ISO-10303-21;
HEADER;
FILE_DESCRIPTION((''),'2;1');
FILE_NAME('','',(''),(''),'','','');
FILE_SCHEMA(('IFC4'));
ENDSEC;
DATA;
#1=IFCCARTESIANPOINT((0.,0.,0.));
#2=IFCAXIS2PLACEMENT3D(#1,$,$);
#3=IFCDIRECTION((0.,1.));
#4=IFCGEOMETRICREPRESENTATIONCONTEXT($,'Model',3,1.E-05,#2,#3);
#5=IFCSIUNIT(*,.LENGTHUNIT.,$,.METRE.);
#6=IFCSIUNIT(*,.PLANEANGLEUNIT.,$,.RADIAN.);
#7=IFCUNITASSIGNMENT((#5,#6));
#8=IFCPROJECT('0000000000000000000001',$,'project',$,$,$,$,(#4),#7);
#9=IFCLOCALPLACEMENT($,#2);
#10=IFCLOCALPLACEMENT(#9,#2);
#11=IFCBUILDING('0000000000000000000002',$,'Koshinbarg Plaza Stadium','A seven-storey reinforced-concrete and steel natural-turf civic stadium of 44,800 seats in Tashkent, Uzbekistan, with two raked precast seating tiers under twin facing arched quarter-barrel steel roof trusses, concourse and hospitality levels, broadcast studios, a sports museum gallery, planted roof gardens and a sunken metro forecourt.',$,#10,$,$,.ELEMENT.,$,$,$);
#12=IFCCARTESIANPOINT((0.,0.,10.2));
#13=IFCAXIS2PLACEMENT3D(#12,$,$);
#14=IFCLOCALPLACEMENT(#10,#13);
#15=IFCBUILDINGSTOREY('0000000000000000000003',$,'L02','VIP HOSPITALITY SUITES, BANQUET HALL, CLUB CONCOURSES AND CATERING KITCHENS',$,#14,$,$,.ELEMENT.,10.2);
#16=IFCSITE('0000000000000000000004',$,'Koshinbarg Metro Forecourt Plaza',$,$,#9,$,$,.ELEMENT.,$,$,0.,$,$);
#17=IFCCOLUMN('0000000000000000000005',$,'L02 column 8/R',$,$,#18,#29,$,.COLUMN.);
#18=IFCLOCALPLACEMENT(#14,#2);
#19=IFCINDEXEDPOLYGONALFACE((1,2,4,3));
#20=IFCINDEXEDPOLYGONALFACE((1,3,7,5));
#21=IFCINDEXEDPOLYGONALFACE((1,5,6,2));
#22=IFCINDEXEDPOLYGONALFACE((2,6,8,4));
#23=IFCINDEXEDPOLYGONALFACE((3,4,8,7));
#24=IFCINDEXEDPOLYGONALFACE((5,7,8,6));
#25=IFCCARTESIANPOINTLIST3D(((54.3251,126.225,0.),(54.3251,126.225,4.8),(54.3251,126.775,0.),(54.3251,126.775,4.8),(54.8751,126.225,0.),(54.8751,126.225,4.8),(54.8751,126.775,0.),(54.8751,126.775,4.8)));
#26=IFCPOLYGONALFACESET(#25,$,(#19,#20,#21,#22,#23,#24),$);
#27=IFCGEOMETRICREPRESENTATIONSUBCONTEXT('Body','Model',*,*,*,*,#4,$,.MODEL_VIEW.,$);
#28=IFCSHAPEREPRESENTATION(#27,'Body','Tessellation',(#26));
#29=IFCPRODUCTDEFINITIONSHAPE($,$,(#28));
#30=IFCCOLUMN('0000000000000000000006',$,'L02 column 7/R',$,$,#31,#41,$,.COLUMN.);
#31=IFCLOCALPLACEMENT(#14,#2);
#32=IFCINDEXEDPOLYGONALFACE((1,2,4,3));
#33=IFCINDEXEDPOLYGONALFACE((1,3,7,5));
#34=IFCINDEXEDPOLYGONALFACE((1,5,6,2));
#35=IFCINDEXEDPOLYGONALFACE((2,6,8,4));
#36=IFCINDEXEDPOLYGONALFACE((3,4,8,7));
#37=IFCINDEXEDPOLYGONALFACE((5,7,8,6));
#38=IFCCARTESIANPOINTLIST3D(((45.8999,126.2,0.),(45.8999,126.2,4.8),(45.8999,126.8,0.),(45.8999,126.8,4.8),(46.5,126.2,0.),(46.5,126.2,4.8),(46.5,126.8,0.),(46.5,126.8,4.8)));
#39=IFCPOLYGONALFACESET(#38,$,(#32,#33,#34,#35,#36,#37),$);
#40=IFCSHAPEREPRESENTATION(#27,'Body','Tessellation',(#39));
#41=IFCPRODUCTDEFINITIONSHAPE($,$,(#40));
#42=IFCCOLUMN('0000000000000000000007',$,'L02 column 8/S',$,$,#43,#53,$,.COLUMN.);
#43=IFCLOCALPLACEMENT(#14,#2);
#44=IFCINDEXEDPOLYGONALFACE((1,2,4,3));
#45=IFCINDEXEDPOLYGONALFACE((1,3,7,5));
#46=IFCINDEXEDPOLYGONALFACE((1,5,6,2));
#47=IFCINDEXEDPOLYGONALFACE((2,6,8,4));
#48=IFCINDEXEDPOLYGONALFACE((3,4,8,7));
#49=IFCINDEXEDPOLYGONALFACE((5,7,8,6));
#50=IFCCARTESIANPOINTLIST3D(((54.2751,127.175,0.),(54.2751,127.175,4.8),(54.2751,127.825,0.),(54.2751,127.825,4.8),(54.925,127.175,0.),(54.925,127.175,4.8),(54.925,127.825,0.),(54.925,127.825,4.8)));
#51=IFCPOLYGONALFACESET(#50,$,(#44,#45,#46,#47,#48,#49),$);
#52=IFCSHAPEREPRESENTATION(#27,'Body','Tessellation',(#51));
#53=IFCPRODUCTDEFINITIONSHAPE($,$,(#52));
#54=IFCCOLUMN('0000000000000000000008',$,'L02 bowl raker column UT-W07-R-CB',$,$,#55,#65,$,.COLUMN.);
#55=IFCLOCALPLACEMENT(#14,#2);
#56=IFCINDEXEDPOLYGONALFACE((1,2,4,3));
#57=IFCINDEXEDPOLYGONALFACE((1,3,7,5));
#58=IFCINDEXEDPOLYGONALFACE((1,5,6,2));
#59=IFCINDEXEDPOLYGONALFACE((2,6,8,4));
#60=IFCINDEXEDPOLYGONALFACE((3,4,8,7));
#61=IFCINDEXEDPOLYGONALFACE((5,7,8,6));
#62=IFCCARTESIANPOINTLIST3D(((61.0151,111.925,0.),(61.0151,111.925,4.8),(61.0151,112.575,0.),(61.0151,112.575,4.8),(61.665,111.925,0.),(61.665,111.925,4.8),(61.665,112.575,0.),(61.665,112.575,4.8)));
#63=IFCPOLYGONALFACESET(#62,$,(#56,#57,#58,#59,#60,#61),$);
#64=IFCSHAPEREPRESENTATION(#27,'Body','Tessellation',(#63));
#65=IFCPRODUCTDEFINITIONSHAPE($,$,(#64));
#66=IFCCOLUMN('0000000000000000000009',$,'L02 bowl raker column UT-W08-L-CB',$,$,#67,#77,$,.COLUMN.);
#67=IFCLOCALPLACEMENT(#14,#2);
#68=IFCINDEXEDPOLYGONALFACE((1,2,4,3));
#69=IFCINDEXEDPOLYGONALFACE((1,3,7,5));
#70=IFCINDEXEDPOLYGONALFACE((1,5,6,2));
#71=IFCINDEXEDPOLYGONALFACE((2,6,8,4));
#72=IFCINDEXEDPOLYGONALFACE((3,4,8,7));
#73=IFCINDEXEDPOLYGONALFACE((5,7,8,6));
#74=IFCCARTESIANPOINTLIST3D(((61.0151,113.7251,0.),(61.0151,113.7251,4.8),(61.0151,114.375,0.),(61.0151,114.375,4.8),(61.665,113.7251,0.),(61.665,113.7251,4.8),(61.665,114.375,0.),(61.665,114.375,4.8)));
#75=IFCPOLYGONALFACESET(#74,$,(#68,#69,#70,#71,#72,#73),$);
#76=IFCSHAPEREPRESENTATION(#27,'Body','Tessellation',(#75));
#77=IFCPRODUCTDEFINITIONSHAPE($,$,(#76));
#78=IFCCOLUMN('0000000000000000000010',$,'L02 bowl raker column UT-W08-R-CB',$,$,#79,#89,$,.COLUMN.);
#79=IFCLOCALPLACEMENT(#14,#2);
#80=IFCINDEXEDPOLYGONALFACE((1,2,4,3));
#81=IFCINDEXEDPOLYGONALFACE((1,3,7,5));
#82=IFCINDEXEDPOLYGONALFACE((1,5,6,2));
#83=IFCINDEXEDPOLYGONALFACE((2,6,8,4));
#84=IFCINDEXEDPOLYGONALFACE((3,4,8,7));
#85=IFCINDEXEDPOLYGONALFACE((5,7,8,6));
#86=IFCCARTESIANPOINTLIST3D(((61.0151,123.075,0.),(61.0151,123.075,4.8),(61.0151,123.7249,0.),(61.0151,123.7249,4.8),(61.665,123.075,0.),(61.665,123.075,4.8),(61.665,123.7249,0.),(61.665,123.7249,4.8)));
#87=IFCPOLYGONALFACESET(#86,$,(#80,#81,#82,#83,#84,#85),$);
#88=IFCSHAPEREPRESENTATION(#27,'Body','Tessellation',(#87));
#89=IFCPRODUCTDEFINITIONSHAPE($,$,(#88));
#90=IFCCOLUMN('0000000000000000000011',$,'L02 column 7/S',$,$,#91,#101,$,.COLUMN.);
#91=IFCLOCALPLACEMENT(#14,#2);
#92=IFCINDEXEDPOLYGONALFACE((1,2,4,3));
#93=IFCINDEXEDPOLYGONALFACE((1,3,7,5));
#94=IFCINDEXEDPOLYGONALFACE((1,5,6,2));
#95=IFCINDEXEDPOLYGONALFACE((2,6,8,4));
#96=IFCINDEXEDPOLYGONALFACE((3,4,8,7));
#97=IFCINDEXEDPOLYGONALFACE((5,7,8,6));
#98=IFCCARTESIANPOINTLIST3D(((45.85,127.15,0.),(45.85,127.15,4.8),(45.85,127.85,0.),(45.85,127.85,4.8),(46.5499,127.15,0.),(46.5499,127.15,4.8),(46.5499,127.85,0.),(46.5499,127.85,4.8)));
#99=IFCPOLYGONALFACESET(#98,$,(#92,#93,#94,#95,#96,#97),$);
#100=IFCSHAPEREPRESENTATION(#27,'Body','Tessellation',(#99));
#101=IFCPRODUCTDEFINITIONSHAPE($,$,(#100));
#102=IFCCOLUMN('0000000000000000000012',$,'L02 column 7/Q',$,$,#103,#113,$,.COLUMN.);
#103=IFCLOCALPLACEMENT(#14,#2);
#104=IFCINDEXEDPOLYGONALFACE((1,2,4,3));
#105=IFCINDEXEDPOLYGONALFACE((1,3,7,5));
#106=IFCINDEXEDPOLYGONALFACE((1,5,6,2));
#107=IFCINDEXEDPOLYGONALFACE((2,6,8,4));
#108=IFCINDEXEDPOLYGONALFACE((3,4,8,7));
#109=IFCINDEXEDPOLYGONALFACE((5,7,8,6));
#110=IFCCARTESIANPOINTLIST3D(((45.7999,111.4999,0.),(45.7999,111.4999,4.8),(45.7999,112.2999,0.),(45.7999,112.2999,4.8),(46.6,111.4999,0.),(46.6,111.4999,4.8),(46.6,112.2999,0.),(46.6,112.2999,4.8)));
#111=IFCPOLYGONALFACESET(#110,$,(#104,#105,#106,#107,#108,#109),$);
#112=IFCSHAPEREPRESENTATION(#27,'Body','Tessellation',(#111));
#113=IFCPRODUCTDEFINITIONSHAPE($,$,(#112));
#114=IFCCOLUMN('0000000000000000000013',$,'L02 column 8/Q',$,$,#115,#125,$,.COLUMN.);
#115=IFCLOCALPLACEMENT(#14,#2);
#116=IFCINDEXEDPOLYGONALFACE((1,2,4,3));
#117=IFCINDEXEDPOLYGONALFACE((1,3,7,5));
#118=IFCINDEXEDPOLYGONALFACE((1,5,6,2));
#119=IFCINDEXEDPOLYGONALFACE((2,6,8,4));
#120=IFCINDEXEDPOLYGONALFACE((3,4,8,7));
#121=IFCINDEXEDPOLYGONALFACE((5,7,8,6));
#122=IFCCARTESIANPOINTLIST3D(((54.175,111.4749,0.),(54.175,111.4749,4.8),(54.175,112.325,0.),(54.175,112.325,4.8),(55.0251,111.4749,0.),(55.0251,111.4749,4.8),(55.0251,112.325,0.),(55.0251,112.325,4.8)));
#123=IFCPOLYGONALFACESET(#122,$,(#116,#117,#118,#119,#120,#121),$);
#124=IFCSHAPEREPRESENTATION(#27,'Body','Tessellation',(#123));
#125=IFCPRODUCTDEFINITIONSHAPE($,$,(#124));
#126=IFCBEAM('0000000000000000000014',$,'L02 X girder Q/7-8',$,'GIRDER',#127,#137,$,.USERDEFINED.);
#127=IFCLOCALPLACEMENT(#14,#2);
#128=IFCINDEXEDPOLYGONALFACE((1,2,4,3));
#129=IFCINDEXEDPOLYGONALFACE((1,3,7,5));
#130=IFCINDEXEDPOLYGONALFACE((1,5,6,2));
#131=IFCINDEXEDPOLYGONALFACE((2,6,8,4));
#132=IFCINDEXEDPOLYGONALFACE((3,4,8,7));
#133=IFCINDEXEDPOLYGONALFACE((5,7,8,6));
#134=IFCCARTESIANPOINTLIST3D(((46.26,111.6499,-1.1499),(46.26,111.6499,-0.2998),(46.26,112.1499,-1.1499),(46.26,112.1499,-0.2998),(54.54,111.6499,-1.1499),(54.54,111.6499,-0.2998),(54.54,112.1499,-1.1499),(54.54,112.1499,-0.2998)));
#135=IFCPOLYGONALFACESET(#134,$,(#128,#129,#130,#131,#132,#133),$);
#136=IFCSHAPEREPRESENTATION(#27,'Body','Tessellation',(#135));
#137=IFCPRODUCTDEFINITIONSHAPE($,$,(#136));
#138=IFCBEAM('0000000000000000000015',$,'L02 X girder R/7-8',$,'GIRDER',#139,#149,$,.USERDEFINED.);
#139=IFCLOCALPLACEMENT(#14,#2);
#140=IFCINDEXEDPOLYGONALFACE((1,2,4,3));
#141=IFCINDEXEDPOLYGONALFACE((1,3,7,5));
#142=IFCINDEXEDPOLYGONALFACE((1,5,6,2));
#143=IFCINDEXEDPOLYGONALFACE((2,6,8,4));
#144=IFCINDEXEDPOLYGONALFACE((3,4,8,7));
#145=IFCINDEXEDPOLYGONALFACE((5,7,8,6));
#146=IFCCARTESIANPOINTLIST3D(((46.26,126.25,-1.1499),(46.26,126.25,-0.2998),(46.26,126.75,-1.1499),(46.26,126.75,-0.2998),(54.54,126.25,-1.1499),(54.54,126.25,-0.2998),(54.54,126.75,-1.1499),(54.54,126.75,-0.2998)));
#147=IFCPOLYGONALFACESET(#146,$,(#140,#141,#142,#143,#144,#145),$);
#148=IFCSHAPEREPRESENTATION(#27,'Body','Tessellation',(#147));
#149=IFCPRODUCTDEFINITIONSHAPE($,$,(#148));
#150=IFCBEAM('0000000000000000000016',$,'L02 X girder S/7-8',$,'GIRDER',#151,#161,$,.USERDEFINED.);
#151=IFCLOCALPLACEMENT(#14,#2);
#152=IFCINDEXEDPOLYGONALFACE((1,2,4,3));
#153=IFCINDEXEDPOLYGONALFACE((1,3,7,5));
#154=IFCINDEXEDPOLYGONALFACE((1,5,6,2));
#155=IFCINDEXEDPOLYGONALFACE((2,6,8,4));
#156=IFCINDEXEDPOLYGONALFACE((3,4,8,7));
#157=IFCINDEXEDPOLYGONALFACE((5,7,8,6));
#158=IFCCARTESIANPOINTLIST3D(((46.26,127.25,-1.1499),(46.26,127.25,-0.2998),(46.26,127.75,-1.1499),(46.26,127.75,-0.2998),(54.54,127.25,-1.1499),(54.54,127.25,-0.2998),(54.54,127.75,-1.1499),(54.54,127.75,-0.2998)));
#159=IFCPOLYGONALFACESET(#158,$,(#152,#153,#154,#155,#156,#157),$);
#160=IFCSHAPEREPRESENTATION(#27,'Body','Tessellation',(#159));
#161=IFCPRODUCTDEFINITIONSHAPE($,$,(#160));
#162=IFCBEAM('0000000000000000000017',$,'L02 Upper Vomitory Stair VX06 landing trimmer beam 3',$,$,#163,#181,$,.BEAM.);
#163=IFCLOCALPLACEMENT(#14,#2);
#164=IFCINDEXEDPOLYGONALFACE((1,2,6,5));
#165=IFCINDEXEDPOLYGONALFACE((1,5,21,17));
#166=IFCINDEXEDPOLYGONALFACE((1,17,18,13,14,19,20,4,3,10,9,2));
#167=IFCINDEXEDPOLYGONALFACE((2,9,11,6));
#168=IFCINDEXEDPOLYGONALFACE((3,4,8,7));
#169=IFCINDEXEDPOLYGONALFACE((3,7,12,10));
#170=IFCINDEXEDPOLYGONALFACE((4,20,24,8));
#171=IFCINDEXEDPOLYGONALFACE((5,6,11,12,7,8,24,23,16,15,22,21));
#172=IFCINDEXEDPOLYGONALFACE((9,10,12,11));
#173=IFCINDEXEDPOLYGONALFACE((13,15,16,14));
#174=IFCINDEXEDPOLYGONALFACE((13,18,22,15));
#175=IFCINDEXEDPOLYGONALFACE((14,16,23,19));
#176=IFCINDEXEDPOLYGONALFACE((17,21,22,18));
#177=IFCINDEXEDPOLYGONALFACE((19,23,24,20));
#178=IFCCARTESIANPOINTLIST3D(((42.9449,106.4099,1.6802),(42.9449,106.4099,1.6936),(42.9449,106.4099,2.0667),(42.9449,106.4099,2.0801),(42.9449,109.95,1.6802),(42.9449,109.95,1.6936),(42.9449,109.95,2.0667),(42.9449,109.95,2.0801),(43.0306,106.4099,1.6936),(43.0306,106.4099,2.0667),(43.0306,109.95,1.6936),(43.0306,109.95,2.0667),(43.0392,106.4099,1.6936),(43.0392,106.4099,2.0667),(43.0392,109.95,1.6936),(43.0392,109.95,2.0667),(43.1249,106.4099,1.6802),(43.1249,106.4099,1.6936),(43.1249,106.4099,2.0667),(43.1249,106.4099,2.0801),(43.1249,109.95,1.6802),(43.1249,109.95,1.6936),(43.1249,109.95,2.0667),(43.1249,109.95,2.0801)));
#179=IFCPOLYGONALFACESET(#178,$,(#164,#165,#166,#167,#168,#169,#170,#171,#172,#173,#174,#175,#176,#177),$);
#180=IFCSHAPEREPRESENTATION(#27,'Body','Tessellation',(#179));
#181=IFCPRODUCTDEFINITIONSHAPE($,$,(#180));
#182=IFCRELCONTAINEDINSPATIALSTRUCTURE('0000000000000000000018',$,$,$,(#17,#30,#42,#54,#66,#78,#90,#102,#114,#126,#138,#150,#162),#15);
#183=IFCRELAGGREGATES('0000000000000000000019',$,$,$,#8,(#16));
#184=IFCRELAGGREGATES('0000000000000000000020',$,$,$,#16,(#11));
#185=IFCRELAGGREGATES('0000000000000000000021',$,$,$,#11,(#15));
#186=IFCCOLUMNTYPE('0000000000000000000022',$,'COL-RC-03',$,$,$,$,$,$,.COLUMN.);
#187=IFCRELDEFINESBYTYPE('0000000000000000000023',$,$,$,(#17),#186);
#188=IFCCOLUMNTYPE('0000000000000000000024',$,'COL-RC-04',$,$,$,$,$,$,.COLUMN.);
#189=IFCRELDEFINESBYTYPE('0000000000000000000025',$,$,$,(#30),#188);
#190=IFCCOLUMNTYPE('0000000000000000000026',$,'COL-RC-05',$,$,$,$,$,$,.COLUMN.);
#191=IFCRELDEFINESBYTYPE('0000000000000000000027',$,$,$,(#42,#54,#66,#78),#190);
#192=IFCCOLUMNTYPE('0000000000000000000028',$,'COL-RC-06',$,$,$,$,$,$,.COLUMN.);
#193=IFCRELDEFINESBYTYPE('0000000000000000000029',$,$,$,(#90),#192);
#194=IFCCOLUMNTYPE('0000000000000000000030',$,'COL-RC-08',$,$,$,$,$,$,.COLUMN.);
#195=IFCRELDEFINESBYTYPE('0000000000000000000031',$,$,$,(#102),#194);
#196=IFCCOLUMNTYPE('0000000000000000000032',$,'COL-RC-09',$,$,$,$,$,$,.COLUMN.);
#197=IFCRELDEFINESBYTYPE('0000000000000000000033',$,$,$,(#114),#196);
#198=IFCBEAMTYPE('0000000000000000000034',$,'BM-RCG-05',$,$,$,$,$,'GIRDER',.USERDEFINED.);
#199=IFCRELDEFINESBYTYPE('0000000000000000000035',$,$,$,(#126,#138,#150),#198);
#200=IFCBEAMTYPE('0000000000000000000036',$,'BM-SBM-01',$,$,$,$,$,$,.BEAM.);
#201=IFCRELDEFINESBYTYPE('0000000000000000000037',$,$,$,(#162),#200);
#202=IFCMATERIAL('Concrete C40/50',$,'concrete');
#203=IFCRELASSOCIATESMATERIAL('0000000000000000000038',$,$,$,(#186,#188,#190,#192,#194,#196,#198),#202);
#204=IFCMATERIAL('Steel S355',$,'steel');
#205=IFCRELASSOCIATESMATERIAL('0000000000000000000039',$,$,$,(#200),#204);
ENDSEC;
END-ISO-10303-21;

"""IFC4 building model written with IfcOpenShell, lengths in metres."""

from ifc_helpers import new_model, si_unit, direction, frame, origin, origin_2d, place, context, subcontext, project, spatial, rectangle, i_section, extrude, material, material_profile, profile_set, type_object, element, save


model = new_model("IFC4")

# Units and contexts
model_context = context("Model", 3, precision=1e-05, world=origin(), true_north=direction((0.0, 1.0)))
body_context = subcontext(model_context, "Body", "Model", "MODEL_VIEW")
ifc_project = project(units=[si_unit("LENGTHUNIT", "METRE"), si_unit("PLANEANGLEUNIT", "RADIAN")], contexts=[model_context])

# Site, building, storey
site_placement = place(None, origin())
site = spatial("IfcSite", under=ifc_project, at=site_placement, Name="Koshinbarg Metro Forecourt Plaza", CompositionType="ELEMENT", RefElevation=0.0)
building_placement = place(site_placement, origin())
building = spatial("IfcBuilding", under=site, at=building_placement, Name="Koshinbarg Plaza Stadium", Description="A seven-storey reinforced-concrete and steel natural-turf civic stadium of 44,800 seats in Tashkent, Uzbekistan, with two raked precast seating tiers under twin facing arched quarter-barrel steel roof trusses, concourse and hospitality levels, broadcast studios, a sports museum gallery, planted roof gardens and a sunken metro forecourt.", CompositionType="ELEMENT")
storey_placement = place(building_placement, frame((0.0, 0.0, 10.2)))
storey = spatial("IfcBuildingStorey", under=building, at=storey_placement, Name="L02", Description="VIP HOSPITALITY SUITES, BANQUET HALL, CLUB CONCOURSES AND CATERING KITCHENS", CompositionType="ELEMENT", Elevation=10.2)

# Columns
ifc_material_1 = material(Name="Concrete C40/50", Category="concrete")
ifc_material_profile_1 = material_profile(ifc_material_1, rectangle(XDim=0.55, YDim=0.55, at=origin_2d()), Name="RC 550x550")
ifc_profile_set_1 = profile_set([ifc_material_profile_1], Name="Concrete C40/50")
column_type_1 = type_object("IfcColumnType", Name="COL-RC-03", PredefinedType="COLUMN", material=ifc_profile_set_1)
column_1_placement = place(storey_placement, frame((54.6001, 126.5, 0.0), z_axis=(0.0, 0.0, 1.0), x_axis=(1.0, 0.0, 0.0)))
element("IfcColumn", 1, at=column_1_placement, inside=storey, type_object=column_type_1, Name="L02 column 8/R", PredefinedType="COLUMN", context=body_context, shape_type="SweptSolid", body=[
    extrude(rectangle(XDim=0.55, YDim=0.55, at=origin_2d()), origin(), (0.0, 0.0, 1.0), 4.8),
])
ifc_material_profile_2 = material_profile(ifc_material_1, rectangle(XDim=0.6001, YDim=0.6001, at=origin_2d()), Name="RC 600x600")
ifc_profile_set_2 = profile_set([ifc_material_profile_2], Name="Concrete C40/50")
column_type_2 = type_object("IfcColumnType", Name="COL-RC-04", PredefinedType="COLUMN", material=ifc_profile_set_2)
column_2_placement = place(storey_placement, frame((46.2, 126.5, 0.0), z_axis=(0.0, 0.0, 1.0), x_axis=(1.0, 0.0, 0.0)))
element("IfcColumn", 2, at=column_2_placement, inside=storey, type_object=column_type_2, Name="L02 column 7/R", PredefinedType="COLUMN", context=body_context, shape_type="SweptSolid", body=[
    extrude(rectangle(XDim=0.6001, YDim=0.6001, at=origin_2d()), origin(), (0.0, 0.0, 1.0), 4.8),
])
ifc_material_profile_3 = material_profile(ifc_material_1, rectangle(XDim=0.6499, YDim=0.6499, at=origin_2d()), Name="RC 650x650")
ifc_profile_set_3 = profile_set([ifc_material_profile_3], Name="Concrete C40/50")
column_type_3 = type_object("IfcColumnType", Name="COL-RC-05", PredefinedType="COLUMN", material=ifc_profile_set_3)
for number, where, z_axis, x_axis, name in (
    (3, (54.6001, 127.5, 0.0), (0.0, 0.0, 1.0), (1.0, 0.0, 0.0), "L02 column 8/S"),
    (4, (61.3401, 112.25, 0.0), (0.0, 0.0, 1.0), (1.0, 0.0, 0.0), "L02 bowl raker column UT-W07-R-CB"),
    (5, (61.3401, 114.05, 0.0), (0.0, 0.0, 1.0), (1.0, 0.0, 0.0), "L02 bowl raker column UT-W08-L-CB"),
    (6, (61.3401, 123.3999, 0.0), (0.0, 0.0, 1.0), (1.0, 0.0, 0.0), "L02 bowl raker column UT-W08-R-CB"),
):
    element("IfcColumn", number, at=place(storey_placement, frame(where, z_axis=z_axis, x_axis=x_axis)), inside=storey, type_object=column_type_3, Name=name, PredefinedType="COLUMN", context=body_context, shape_type="SweptSolid", body=[
        extrude(rectangle(XDim=0.6499, YDim=0.6499, at=origin_2d()), origin(), (0.0, 0.0, 1.0), 4.8),
    ])
ifc_material_profile_4 = material_profile(ifc_material_1, rectangle(XDim=0.7, YDim=0.7, at=origin_2d()), Name="RC 700x700")
ifc_profile_set_4 = profile_set([ifc_material_profile_4], Name="Concrete C40/50")
column_type_4 = type_object("IfcColumnType", Name="COL-RC-06", PredefinedType="COLUMN", material=ifc_profile_set_4)
column_3_placement = place(storey_placement, frame((46.2, 127.5, 0.0), z_axis=(0.0, 0.0, 1.0), x_axis=(1.0, 0.0, 0.0)))
element("IfcColumn", 7, at=column_3_placement, inside=storey, type_object=column_type_4, Name="L02 column 7/S", PredefinedType="COLUMN", context=body_context, shape_type="SweptSolid", body=[
    extrude(rectangle(XDim=0.7, YDim=0.7, at=origin_2d()), origin(), (0.0, 0.0, 1.0), 4.8),
])
ifc_material_profile_5 = material_profile(ifc_material_1, rectangle(XDim=0.8, YDim=0.8, at=origin_2d()), Name="RC 800x800")
ifc_profile_set_5 = profile_set([ifc_material_profile_5], Name="Concrete C40/50")
column_type_5 = type_object("IfcColumnType", Name="COL-RC-08", PredefinedType="COLUMN", material=ifc_profile_set_5)
column_4_placement = place(storey_placement, frame((46.2, 111.8999, 0.0), z_axis=(0.0, 0.0, 1.0), x_axis=(1.0, 0.0, 0.0)))
element("IfcColumn", 8, at=column_4_placement, inside=storey, type_object=column_type_5, Name="L02 column 7/Q", PredefinedType="COLUMN", context=body_context, shape_type="SweptSolid", body=[
    extrude(rectangle(XDim=0.8, YDim=0.8, at=origin_2d()), origin(), (0.0, 0.0, 1.0), 4.8),
])
ifc_material_profile_6 = material_profile(ifc_material_1, rectangle(XDim=0.8501, YDim=0.8501, at=origin_2d()), Name="RC 850x850")
ifc_profile_set_6 = profile_set([ifc_material_profile_6], Name="Concrete C40/50")
column_type_6 = type_object("IfcColumnType", Name="COL-RC-09", PredefinedType="COLUMN", material=ifc_profile_set_6)
column_5_placement = place(storey_placement, frame((54.6001, 111.8999, 0.0), z_axis=(0.0, 0.0, 1.0), x_axis=(1.0, 0.0, 0.0)))
element("IfcColumn", 9, at=column_5_placement, inside=storey, type_object=column_type_6, Name="L02 column 8/Q", PredefinedType="COLUMN", context=body_context, shape_type="SweptSolid", body=[
    extrude(rectangle(XDim=0.8501, YDim=0.8501, at=origin_2d()), origin(), (0.0, 0.0, 1.0), 4.8),
])

# Beams
ifc_material_profile_7 = material_profile(ifc_material_1, rectangle(XDim=0.5, YDim=0.8501, at=origin_2d()), Name="RC 500x850")
ifc_profile_set_7 = profile_set([ifc_material_profile_7], Name="Concrete C40/50")
beam_type_1 = type_object("IfcBeamType", Name="BM-RCG-05", ElementType="GIRDER", PredefinedType="USERDEFINED", material=ifc_profile_set_7)
for number, where, z_axis, x_axis, name in (
    (10, (46.26, 111.8999, -0.7249), (1.0, 0.0, 0.0), (0.0, 1.0, 0.0), "L02 X girder Q/7-8"),
    (11, (46.26, 126.5, -0.7249), (1.0, 0.0, 0.0), (0.0, 1.0, 0.0), "L02 X girder R/7-8"),
    (12, (46.26, 127.5, -0.7249), (1.0, 0.0, 0.0), (0.0, 1.0, 0.0), "L02 X girder S/7-8"),
):
    element("IfcBeam", number, at=place(storey_placement, frame(where, z_axis=z_axis, x_axis=x_axis)), inside=storey, type_object=beam_type_1, Name=name, ObjectType="GIRDER", PredefinedType="USERDEFINED", context=body_context, shape_type="SweptSolid", body=[
        extrude(rectangle(XDim=0.5, YDim=0.8501, at=origin_2d()), origin(), (0.0, 0.0, 1.0), 8.28),
    ])
ifc_material_2 = material(Name="Steel S355", Category="steel")
ifc_material_profile_8 = material_profile(ifc_material_2, i_section(OverallWidth=0.1799, OverallDepth=0.3999, WebThickness=0.0085, FlangeThickness=0.0134, at=origin_2d()), Name="IPE 400")
ifc_profile_set_8 = profile_set([ifc_material_profile_8], Name="Steel S355")
beam_type_2 = type_object("IfcBeamType", Name="BM-SBM-01", PredefinedType="BEAM", material=ifc_profile_set_8)
beam_1_placement = place(storey_placement, frame((43.0349, 106.4099, 1.8801), z_axis=(0.0, 1.0, 0.0), x_axis=(-1.0, 0.0, 0.0)))
element("IfcBeam", 13, at=beam_1_placement, inside=storey, type_object=beam_type_2, Name="L02 Upper Vomitory Stair VX06 landing trimmer beam 3", PredefinedType="BEAM", context=body_context, shape_type="SweptSolid", body=[
    extrude(i_section(OverallWidth=0.1799, OverallDepth=0.3999, WebThickness=0.0085, FlangeThickness=0.0134, at=origin_2d()), origin(), (0.0, 0.0, 1.0), 3.54),
])

save(model, "model.ifc")
